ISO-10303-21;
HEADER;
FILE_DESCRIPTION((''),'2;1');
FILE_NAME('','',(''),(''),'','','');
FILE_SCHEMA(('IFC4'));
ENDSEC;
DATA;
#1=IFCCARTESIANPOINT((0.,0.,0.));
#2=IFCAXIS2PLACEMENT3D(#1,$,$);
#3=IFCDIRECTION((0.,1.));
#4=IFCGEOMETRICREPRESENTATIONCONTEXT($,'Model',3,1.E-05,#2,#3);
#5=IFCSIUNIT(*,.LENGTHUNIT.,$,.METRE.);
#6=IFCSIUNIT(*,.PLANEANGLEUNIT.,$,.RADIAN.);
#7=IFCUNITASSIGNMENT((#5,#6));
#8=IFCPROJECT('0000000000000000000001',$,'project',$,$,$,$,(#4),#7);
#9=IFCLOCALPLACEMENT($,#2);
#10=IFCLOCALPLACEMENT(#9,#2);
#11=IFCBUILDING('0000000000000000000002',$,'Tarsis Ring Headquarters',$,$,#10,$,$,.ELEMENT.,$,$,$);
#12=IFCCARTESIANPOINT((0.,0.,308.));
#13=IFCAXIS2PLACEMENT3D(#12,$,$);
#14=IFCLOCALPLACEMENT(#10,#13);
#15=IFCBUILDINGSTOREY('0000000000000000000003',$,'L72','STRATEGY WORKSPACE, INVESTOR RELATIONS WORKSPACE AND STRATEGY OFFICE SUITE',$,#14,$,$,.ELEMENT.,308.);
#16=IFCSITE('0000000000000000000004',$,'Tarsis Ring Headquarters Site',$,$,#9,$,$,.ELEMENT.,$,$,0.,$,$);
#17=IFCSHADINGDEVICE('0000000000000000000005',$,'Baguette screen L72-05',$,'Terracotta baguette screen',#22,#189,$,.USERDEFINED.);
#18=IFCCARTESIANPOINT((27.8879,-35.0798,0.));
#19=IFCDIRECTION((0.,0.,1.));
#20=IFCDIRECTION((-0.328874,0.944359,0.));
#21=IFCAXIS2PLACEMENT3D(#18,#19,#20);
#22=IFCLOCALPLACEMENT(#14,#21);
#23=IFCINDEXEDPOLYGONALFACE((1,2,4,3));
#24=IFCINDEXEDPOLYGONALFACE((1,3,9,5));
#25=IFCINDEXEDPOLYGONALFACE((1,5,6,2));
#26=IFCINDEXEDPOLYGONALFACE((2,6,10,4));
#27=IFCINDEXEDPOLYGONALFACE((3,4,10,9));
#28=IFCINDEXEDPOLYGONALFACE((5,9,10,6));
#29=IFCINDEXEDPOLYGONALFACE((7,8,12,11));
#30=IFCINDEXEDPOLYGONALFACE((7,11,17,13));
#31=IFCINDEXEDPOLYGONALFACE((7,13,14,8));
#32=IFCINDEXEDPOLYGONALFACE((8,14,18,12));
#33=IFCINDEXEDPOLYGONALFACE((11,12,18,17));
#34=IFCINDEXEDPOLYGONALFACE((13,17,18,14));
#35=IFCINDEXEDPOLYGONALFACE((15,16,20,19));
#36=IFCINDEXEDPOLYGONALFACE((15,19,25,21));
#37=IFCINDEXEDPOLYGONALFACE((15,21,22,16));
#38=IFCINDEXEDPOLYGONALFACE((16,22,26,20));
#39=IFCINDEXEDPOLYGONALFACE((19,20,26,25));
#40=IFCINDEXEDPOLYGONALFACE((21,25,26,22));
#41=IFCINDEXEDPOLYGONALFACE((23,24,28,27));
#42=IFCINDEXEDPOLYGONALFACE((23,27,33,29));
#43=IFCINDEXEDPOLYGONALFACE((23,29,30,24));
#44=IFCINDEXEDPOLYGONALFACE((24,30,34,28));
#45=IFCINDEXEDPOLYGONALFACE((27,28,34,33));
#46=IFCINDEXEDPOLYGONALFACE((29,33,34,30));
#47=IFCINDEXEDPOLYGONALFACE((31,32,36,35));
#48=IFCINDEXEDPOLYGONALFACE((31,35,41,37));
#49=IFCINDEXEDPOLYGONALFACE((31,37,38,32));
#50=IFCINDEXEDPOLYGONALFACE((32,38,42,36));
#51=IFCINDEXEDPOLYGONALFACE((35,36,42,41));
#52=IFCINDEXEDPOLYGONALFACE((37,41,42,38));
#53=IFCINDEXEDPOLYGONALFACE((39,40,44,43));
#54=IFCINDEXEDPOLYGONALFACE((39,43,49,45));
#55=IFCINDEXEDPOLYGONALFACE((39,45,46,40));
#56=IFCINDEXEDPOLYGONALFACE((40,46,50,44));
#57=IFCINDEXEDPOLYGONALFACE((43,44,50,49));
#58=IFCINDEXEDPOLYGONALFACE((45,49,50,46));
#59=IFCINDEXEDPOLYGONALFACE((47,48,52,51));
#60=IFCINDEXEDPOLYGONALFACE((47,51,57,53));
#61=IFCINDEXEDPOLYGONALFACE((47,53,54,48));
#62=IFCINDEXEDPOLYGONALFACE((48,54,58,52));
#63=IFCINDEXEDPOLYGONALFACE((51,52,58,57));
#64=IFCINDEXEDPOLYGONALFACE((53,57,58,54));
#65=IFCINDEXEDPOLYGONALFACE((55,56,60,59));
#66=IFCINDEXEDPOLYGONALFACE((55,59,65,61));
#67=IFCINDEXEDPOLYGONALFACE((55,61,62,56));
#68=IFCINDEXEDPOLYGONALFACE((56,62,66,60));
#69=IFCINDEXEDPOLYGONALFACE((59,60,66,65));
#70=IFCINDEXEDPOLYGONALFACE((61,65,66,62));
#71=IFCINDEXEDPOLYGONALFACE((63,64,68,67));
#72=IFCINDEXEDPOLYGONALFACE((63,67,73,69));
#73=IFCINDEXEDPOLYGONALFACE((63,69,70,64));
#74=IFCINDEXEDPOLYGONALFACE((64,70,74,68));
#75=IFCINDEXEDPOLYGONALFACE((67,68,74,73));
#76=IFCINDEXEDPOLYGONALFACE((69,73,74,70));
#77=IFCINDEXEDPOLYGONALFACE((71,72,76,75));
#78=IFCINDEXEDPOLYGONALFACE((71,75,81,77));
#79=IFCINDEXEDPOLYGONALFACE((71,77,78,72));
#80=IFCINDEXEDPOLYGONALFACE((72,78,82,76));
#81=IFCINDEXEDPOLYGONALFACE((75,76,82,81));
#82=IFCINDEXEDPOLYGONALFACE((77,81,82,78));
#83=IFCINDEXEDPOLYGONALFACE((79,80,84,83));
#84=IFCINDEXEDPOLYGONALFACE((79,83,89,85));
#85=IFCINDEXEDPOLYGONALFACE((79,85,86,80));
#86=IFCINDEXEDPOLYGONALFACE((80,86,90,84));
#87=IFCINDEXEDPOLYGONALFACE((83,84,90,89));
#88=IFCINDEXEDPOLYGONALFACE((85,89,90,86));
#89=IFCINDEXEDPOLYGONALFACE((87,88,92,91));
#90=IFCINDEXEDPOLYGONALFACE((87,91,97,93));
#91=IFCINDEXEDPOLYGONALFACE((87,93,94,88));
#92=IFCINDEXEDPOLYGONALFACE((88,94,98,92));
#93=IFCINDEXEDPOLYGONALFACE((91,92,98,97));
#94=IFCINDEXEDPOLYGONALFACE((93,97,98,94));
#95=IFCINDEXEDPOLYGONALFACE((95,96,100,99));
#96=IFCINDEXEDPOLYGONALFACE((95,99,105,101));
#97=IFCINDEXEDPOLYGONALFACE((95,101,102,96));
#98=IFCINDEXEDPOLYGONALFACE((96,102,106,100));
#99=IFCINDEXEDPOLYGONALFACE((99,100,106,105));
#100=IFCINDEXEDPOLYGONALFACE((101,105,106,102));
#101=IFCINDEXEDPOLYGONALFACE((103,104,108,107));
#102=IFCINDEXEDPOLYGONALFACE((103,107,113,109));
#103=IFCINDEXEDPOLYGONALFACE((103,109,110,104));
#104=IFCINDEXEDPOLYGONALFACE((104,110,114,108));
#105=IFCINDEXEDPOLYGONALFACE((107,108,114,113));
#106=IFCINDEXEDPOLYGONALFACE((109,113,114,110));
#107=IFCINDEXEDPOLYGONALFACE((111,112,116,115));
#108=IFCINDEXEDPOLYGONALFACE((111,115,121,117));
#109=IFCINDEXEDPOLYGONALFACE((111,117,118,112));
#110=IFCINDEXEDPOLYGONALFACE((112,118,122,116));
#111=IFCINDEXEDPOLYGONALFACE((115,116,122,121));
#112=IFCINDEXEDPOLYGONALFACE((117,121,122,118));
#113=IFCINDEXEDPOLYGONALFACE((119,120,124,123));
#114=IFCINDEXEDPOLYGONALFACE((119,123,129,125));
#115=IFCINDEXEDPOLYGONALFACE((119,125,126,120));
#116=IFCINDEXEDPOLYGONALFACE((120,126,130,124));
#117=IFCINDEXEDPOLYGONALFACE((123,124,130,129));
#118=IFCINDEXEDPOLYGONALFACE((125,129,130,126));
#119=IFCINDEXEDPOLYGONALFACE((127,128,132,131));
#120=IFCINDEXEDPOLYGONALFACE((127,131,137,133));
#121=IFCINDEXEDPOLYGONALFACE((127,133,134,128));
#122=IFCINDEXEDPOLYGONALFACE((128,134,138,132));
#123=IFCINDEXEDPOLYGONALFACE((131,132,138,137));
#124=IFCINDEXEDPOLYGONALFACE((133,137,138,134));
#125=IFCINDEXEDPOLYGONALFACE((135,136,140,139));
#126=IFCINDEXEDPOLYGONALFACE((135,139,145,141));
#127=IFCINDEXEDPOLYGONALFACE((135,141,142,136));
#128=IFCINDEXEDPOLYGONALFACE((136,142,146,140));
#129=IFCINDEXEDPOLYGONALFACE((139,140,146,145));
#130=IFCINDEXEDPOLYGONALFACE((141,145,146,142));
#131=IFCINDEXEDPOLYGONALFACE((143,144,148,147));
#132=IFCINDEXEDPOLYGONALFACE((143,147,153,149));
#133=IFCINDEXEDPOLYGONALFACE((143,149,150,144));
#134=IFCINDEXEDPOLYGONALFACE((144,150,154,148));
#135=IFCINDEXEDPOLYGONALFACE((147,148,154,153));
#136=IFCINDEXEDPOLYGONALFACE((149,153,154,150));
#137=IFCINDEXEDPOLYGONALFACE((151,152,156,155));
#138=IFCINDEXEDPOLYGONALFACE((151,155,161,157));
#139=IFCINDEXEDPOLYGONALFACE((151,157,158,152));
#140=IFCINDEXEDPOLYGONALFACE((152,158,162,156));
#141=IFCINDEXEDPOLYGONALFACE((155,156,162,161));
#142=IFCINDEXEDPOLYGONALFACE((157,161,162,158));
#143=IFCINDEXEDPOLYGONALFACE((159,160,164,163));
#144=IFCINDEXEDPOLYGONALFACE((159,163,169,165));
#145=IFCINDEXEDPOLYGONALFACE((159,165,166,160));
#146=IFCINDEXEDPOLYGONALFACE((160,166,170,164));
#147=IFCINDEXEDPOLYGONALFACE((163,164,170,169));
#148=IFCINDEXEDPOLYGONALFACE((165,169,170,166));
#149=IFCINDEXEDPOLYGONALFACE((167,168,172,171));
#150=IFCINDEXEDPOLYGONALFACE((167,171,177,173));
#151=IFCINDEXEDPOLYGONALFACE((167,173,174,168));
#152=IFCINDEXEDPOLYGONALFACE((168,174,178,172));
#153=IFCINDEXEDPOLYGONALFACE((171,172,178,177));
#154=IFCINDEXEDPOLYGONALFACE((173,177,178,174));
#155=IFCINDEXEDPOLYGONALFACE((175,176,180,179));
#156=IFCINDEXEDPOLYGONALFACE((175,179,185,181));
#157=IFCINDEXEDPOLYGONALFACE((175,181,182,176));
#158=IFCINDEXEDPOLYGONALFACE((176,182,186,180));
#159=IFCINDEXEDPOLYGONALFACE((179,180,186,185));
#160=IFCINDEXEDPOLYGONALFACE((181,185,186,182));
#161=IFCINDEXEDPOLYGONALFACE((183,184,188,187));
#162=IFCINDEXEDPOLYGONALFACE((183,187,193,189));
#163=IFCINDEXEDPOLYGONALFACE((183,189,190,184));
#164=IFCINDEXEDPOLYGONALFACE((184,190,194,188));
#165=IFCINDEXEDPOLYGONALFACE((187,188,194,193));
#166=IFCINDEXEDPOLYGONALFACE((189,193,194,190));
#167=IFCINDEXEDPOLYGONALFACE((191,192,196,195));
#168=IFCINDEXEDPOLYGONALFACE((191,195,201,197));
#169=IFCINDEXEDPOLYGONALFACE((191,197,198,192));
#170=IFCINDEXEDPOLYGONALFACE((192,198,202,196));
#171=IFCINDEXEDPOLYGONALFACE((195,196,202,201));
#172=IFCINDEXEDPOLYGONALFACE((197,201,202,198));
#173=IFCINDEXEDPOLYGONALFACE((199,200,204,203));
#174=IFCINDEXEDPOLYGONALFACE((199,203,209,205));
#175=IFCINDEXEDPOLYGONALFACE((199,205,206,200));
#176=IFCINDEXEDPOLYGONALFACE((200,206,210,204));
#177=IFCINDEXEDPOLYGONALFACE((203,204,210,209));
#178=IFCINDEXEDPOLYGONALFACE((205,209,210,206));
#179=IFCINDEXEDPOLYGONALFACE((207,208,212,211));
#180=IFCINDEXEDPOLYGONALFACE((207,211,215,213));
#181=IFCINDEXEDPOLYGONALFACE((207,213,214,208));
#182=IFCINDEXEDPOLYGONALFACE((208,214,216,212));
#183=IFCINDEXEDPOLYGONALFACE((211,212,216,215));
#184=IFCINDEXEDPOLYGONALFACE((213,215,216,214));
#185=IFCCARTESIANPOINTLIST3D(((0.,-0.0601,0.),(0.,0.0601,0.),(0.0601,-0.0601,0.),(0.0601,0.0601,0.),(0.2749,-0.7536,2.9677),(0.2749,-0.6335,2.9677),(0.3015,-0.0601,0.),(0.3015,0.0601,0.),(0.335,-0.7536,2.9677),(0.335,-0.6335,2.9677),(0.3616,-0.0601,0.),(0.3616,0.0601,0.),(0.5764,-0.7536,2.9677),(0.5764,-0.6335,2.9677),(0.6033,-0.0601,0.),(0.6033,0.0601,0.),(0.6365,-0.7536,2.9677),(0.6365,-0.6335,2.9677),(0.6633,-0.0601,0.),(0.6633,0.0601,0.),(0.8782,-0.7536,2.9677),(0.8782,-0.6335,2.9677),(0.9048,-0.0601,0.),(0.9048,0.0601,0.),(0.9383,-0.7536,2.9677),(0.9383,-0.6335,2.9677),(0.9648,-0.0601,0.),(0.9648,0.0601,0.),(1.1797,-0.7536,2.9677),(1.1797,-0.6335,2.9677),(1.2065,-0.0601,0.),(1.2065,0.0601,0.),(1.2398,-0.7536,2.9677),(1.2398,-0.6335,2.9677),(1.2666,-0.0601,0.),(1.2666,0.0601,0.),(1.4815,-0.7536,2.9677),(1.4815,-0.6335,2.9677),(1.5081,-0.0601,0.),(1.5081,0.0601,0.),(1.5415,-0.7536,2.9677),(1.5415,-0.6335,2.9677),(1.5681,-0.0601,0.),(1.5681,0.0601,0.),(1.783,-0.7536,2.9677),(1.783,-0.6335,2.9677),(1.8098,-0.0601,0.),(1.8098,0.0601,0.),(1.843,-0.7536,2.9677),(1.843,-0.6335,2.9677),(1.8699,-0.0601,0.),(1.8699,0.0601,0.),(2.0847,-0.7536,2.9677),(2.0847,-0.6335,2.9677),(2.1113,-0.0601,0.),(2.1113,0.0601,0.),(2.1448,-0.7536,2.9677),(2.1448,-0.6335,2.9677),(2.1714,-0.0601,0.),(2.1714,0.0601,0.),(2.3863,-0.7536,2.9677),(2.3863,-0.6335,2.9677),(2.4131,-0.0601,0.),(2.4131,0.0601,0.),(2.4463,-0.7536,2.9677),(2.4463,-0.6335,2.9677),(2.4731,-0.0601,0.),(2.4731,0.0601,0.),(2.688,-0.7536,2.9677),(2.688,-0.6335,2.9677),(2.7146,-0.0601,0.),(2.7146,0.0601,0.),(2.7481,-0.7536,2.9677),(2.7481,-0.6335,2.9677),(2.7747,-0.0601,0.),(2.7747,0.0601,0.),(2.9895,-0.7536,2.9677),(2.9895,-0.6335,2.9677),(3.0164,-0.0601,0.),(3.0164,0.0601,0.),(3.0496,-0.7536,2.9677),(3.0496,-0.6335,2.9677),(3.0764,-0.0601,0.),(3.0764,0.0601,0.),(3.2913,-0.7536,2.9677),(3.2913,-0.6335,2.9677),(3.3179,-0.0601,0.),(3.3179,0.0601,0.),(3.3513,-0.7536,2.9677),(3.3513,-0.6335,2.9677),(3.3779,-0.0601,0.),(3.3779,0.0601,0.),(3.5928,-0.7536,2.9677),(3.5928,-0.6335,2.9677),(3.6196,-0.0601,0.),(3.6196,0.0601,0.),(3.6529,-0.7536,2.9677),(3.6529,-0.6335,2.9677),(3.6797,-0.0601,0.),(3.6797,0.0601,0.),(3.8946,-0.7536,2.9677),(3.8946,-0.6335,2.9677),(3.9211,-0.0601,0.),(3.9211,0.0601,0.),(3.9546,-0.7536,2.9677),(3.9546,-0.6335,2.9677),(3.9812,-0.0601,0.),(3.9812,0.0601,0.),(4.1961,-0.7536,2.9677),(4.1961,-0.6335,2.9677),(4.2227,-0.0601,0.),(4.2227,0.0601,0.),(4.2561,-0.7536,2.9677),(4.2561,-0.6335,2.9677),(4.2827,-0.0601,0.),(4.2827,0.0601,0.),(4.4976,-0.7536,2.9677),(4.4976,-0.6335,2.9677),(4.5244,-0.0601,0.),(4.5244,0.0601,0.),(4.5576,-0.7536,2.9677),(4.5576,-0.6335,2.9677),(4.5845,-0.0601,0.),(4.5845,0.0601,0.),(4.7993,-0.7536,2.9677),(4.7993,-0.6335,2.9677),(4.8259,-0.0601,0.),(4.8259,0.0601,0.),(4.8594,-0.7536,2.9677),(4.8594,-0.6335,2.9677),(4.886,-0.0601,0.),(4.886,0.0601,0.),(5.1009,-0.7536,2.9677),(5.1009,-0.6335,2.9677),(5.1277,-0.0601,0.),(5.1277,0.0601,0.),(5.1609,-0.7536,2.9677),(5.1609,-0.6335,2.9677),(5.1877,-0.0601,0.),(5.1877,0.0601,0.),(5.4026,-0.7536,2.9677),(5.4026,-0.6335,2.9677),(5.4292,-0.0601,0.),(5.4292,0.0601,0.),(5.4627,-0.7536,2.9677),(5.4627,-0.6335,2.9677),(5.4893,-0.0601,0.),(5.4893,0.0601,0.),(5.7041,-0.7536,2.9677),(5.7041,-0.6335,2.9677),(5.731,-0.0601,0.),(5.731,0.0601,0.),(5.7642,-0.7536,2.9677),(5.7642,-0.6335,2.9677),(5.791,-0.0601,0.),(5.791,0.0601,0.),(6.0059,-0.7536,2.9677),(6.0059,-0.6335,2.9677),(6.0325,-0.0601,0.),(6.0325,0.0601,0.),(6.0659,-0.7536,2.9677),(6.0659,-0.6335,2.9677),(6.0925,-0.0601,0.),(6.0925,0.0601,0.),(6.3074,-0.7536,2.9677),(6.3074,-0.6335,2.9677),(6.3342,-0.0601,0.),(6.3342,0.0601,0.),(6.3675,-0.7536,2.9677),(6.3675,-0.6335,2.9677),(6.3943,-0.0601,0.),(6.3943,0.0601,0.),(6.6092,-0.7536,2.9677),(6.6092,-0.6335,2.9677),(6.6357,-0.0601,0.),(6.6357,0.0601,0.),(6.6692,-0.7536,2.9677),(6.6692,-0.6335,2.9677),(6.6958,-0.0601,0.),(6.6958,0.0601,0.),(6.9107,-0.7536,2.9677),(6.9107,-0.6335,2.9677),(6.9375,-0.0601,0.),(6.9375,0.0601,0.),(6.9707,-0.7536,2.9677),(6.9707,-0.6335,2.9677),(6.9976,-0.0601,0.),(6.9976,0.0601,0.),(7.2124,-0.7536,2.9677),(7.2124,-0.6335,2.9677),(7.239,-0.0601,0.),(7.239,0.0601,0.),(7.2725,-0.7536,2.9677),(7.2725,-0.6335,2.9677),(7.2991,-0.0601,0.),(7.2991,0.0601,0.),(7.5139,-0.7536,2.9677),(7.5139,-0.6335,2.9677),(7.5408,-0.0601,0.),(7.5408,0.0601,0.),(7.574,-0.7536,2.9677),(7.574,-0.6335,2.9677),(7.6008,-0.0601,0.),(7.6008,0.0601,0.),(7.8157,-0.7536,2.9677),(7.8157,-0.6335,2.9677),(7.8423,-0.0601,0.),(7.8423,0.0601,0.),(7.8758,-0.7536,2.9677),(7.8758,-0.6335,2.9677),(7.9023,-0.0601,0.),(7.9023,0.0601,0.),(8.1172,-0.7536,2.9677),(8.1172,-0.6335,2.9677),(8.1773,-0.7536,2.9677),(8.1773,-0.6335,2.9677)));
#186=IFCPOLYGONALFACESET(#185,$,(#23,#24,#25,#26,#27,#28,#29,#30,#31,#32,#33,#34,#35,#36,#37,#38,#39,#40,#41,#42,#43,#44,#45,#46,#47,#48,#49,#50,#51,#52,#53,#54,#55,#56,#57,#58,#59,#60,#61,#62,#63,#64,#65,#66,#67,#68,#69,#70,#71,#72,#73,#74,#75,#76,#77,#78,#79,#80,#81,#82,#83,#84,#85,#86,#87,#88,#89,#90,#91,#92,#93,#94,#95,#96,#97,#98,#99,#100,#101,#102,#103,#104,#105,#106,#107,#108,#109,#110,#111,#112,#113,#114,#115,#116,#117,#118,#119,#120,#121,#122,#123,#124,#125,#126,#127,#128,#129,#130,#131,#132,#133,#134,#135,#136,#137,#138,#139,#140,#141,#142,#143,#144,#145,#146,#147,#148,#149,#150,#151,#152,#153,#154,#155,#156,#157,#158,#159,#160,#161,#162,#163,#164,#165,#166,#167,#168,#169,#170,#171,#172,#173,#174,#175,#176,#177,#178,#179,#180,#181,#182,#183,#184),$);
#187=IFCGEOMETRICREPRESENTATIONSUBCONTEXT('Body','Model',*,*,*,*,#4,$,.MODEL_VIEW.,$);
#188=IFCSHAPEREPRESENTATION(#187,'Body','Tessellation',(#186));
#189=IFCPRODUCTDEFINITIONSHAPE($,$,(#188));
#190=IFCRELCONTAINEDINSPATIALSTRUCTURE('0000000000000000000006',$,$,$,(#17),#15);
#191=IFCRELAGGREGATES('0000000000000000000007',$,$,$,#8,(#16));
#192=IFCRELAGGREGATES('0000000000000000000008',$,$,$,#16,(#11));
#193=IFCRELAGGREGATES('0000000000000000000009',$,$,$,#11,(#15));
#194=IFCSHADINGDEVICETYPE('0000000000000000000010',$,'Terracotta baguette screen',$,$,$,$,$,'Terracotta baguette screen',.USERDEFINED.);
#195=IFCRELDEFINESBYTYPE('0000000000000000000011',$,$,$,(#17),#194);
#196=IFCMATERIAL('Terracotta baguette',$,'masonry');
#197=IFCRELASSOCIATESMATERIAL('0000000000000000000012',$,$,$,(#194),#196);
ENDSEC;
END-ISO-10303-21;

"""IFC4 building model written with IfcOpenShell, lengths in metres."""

from ifc_helpers import new_model, si_unit, direction, frame, frame_2d, origin, place, context, subcontext, project, spatial, rectangle, composite_profile, extrude, material, type_object, element, save


model = new_model("IFC4")

# Units and contexts
model_context = context("Model", 3, precision=1e-05, world=origin(), true_north=direction((0.0, 1.0)))
body_context = subcontext(model_context, "Body", "Model", "MODEL_VIEW")
ifc_project = project(units=[si_unit("LENGTHUNIT", "METRE"), si_unit("PLANEANGLEUNIT", "RADIAN")], contexts=[model_context])

# Site, building, storey
site_placement = place(None, origin())
site = spatial("IfcSite", under=ifc_project, at=site_placement, Name="Tarsis Ring Headquarters Site", CompositionType="ELEMENT", RefElevation=0.0)
building_placement = place(site_placement, origin())
building = spatial("IfcBuilding", under=site, at=building_placement, Name="Tarsis Ring Headquarters", CompositionType="ELEMENT")
storey_placement = place(building_placement, frame((0.0, 0.0, 308.0)))
storey = spatial("IfcBuildingStorey", under=building, at=storey_placement, Name="L72", Description="STRATEGY WORKSPACE, INVESTOR RELATIONS WORKSPACE AND STRATEGY OFFICE SUITE", CompositionType="ELEMENT", Elevation=308.0)

# Shading device
ifc_material_1 = material(Name="Terracotta baguette", Category="masonry")
shading_device_type_1 = type_object("IfcShadingDeviceType", Name="Terracotta baguette screen", ElementType="Terracotta baguette screen", PredefinedType="USERDEFINED", material=ifc_material_1)
shading_device_1_placement = place(storey_placement, frame((27.8879, -35.0798, 0.0), z_axis=(0.0, 0.0, 1.0), x_axis=(-0.328874, 0.944359, 0.0)))
element("IfcShadingDevice", 1, at=shading_device_1_placement, inside=storey, type_object=shading_device_type_1, Name="Baguette screen L72-05", ObjectType="Terracotta baguette screen", PredefinedType="USERDEFINED", context=body_context, shape_type="SweptSolid", body=[
    extrude(composite_profile([rectangle(XDim=0.0601, YDim=0.1201, at=frame_2d((0.03, 0.0))), rectangle(XDim=0.0601, YDim=0.1201, at=frame_2d((0.3315, 0.0))), rectangle(XDim=0.0601, YDim=0.1201, at=frame_2d((0.6333, 0.0))), rectangle(XDim=0.0601, YDim=0.1201, at=frame_2d((0.9348, 0.0))), rectangle(XDim=0.0601, YDim=0.1201, at=frame_2d((1.2366, 0.0))), rectangle(XDim=0.0601, YDim=0.1201, at=frame_2d((1.5381, 0.0))), rectangle(XDim=0.0601, YDim=0.1201, at=frame_2d((1.8398, 0.0))), rectangle(XDim=0.0601, YDim=0.1201, at=frame_2d((2.1414, 0.0))), rectangle(XDim=0.0601, YDim=0.1201, at=frame_2d((2.4431, 0.0))), rectangle(XDim=0.0601, YDim=0.1201, at=frame_2d((2.7446, 0.0))), rectangle(XDim=0.0601, YDim=0.1201, at=frame_2d((3.0464, 0.0))), rectangle(XDim=0.0601, YDim=0.1201, at=frame_2d((3.3479, 0.0))), rectangle(XDim=0.0601, YDim=0.1201, at=frame_2d((3.6497, 0.0))), rectangle(XDim=0.0601, YDim=0.1201, at=frame_2d((3.9512, 0.0))), rectangle(XDim=0.0601, YDim=0.1201, at=frame_2d((4.2527, 0.0))), rectangle(XDim=0.0601, YDim=0.1201, at=frame_2d((4.5544, 0.0))), rectangle(XDim=0.0601, YDim=0.1201, at=frame_2d((4.856, 0.0))), rectangle(XDim=0.0601, YDim=0.1201, at=frame_2d((5.1577, 0.0))), rectangle(XDim=0.0601, YDim=0.1201, at=frame_2d((5.4592, 0.0))), rectangle(XDim=0.0601, YDim=0.1201, at=frame_2d((5.761, 0.0))), rectangle(XDim=0.0601, YDim=0.1201, at=frame_2d((6.0625, 0.0))), rectangle(XDim=0.0601, YDim=0.1201, at=frame_2d((6.3643, 0.0))), rectangle(XDim=0.0601, YDim=0.1201, at=frame_2d((6.6658, 0.0))), rectangle(XDim=0.0601, YDim=0.1201, at=frame_2d((6.9675, 0.0))), rectangle(XDim=0.0601, YDim=0.1201, at=frame_2d((7.269, 0.0))), rectangle(XDim=0.0601, YDim=0.1201, at=frame_2d((7.5708, 0.0))), rectangle(XDim=0.0601, YDim=0.1201, at=frame_2d((7.8723, 0.0)))]), origin(), (0.089843, -0.226659, 0.969822), 3.0601),
])

save(model, "model.ifc")
